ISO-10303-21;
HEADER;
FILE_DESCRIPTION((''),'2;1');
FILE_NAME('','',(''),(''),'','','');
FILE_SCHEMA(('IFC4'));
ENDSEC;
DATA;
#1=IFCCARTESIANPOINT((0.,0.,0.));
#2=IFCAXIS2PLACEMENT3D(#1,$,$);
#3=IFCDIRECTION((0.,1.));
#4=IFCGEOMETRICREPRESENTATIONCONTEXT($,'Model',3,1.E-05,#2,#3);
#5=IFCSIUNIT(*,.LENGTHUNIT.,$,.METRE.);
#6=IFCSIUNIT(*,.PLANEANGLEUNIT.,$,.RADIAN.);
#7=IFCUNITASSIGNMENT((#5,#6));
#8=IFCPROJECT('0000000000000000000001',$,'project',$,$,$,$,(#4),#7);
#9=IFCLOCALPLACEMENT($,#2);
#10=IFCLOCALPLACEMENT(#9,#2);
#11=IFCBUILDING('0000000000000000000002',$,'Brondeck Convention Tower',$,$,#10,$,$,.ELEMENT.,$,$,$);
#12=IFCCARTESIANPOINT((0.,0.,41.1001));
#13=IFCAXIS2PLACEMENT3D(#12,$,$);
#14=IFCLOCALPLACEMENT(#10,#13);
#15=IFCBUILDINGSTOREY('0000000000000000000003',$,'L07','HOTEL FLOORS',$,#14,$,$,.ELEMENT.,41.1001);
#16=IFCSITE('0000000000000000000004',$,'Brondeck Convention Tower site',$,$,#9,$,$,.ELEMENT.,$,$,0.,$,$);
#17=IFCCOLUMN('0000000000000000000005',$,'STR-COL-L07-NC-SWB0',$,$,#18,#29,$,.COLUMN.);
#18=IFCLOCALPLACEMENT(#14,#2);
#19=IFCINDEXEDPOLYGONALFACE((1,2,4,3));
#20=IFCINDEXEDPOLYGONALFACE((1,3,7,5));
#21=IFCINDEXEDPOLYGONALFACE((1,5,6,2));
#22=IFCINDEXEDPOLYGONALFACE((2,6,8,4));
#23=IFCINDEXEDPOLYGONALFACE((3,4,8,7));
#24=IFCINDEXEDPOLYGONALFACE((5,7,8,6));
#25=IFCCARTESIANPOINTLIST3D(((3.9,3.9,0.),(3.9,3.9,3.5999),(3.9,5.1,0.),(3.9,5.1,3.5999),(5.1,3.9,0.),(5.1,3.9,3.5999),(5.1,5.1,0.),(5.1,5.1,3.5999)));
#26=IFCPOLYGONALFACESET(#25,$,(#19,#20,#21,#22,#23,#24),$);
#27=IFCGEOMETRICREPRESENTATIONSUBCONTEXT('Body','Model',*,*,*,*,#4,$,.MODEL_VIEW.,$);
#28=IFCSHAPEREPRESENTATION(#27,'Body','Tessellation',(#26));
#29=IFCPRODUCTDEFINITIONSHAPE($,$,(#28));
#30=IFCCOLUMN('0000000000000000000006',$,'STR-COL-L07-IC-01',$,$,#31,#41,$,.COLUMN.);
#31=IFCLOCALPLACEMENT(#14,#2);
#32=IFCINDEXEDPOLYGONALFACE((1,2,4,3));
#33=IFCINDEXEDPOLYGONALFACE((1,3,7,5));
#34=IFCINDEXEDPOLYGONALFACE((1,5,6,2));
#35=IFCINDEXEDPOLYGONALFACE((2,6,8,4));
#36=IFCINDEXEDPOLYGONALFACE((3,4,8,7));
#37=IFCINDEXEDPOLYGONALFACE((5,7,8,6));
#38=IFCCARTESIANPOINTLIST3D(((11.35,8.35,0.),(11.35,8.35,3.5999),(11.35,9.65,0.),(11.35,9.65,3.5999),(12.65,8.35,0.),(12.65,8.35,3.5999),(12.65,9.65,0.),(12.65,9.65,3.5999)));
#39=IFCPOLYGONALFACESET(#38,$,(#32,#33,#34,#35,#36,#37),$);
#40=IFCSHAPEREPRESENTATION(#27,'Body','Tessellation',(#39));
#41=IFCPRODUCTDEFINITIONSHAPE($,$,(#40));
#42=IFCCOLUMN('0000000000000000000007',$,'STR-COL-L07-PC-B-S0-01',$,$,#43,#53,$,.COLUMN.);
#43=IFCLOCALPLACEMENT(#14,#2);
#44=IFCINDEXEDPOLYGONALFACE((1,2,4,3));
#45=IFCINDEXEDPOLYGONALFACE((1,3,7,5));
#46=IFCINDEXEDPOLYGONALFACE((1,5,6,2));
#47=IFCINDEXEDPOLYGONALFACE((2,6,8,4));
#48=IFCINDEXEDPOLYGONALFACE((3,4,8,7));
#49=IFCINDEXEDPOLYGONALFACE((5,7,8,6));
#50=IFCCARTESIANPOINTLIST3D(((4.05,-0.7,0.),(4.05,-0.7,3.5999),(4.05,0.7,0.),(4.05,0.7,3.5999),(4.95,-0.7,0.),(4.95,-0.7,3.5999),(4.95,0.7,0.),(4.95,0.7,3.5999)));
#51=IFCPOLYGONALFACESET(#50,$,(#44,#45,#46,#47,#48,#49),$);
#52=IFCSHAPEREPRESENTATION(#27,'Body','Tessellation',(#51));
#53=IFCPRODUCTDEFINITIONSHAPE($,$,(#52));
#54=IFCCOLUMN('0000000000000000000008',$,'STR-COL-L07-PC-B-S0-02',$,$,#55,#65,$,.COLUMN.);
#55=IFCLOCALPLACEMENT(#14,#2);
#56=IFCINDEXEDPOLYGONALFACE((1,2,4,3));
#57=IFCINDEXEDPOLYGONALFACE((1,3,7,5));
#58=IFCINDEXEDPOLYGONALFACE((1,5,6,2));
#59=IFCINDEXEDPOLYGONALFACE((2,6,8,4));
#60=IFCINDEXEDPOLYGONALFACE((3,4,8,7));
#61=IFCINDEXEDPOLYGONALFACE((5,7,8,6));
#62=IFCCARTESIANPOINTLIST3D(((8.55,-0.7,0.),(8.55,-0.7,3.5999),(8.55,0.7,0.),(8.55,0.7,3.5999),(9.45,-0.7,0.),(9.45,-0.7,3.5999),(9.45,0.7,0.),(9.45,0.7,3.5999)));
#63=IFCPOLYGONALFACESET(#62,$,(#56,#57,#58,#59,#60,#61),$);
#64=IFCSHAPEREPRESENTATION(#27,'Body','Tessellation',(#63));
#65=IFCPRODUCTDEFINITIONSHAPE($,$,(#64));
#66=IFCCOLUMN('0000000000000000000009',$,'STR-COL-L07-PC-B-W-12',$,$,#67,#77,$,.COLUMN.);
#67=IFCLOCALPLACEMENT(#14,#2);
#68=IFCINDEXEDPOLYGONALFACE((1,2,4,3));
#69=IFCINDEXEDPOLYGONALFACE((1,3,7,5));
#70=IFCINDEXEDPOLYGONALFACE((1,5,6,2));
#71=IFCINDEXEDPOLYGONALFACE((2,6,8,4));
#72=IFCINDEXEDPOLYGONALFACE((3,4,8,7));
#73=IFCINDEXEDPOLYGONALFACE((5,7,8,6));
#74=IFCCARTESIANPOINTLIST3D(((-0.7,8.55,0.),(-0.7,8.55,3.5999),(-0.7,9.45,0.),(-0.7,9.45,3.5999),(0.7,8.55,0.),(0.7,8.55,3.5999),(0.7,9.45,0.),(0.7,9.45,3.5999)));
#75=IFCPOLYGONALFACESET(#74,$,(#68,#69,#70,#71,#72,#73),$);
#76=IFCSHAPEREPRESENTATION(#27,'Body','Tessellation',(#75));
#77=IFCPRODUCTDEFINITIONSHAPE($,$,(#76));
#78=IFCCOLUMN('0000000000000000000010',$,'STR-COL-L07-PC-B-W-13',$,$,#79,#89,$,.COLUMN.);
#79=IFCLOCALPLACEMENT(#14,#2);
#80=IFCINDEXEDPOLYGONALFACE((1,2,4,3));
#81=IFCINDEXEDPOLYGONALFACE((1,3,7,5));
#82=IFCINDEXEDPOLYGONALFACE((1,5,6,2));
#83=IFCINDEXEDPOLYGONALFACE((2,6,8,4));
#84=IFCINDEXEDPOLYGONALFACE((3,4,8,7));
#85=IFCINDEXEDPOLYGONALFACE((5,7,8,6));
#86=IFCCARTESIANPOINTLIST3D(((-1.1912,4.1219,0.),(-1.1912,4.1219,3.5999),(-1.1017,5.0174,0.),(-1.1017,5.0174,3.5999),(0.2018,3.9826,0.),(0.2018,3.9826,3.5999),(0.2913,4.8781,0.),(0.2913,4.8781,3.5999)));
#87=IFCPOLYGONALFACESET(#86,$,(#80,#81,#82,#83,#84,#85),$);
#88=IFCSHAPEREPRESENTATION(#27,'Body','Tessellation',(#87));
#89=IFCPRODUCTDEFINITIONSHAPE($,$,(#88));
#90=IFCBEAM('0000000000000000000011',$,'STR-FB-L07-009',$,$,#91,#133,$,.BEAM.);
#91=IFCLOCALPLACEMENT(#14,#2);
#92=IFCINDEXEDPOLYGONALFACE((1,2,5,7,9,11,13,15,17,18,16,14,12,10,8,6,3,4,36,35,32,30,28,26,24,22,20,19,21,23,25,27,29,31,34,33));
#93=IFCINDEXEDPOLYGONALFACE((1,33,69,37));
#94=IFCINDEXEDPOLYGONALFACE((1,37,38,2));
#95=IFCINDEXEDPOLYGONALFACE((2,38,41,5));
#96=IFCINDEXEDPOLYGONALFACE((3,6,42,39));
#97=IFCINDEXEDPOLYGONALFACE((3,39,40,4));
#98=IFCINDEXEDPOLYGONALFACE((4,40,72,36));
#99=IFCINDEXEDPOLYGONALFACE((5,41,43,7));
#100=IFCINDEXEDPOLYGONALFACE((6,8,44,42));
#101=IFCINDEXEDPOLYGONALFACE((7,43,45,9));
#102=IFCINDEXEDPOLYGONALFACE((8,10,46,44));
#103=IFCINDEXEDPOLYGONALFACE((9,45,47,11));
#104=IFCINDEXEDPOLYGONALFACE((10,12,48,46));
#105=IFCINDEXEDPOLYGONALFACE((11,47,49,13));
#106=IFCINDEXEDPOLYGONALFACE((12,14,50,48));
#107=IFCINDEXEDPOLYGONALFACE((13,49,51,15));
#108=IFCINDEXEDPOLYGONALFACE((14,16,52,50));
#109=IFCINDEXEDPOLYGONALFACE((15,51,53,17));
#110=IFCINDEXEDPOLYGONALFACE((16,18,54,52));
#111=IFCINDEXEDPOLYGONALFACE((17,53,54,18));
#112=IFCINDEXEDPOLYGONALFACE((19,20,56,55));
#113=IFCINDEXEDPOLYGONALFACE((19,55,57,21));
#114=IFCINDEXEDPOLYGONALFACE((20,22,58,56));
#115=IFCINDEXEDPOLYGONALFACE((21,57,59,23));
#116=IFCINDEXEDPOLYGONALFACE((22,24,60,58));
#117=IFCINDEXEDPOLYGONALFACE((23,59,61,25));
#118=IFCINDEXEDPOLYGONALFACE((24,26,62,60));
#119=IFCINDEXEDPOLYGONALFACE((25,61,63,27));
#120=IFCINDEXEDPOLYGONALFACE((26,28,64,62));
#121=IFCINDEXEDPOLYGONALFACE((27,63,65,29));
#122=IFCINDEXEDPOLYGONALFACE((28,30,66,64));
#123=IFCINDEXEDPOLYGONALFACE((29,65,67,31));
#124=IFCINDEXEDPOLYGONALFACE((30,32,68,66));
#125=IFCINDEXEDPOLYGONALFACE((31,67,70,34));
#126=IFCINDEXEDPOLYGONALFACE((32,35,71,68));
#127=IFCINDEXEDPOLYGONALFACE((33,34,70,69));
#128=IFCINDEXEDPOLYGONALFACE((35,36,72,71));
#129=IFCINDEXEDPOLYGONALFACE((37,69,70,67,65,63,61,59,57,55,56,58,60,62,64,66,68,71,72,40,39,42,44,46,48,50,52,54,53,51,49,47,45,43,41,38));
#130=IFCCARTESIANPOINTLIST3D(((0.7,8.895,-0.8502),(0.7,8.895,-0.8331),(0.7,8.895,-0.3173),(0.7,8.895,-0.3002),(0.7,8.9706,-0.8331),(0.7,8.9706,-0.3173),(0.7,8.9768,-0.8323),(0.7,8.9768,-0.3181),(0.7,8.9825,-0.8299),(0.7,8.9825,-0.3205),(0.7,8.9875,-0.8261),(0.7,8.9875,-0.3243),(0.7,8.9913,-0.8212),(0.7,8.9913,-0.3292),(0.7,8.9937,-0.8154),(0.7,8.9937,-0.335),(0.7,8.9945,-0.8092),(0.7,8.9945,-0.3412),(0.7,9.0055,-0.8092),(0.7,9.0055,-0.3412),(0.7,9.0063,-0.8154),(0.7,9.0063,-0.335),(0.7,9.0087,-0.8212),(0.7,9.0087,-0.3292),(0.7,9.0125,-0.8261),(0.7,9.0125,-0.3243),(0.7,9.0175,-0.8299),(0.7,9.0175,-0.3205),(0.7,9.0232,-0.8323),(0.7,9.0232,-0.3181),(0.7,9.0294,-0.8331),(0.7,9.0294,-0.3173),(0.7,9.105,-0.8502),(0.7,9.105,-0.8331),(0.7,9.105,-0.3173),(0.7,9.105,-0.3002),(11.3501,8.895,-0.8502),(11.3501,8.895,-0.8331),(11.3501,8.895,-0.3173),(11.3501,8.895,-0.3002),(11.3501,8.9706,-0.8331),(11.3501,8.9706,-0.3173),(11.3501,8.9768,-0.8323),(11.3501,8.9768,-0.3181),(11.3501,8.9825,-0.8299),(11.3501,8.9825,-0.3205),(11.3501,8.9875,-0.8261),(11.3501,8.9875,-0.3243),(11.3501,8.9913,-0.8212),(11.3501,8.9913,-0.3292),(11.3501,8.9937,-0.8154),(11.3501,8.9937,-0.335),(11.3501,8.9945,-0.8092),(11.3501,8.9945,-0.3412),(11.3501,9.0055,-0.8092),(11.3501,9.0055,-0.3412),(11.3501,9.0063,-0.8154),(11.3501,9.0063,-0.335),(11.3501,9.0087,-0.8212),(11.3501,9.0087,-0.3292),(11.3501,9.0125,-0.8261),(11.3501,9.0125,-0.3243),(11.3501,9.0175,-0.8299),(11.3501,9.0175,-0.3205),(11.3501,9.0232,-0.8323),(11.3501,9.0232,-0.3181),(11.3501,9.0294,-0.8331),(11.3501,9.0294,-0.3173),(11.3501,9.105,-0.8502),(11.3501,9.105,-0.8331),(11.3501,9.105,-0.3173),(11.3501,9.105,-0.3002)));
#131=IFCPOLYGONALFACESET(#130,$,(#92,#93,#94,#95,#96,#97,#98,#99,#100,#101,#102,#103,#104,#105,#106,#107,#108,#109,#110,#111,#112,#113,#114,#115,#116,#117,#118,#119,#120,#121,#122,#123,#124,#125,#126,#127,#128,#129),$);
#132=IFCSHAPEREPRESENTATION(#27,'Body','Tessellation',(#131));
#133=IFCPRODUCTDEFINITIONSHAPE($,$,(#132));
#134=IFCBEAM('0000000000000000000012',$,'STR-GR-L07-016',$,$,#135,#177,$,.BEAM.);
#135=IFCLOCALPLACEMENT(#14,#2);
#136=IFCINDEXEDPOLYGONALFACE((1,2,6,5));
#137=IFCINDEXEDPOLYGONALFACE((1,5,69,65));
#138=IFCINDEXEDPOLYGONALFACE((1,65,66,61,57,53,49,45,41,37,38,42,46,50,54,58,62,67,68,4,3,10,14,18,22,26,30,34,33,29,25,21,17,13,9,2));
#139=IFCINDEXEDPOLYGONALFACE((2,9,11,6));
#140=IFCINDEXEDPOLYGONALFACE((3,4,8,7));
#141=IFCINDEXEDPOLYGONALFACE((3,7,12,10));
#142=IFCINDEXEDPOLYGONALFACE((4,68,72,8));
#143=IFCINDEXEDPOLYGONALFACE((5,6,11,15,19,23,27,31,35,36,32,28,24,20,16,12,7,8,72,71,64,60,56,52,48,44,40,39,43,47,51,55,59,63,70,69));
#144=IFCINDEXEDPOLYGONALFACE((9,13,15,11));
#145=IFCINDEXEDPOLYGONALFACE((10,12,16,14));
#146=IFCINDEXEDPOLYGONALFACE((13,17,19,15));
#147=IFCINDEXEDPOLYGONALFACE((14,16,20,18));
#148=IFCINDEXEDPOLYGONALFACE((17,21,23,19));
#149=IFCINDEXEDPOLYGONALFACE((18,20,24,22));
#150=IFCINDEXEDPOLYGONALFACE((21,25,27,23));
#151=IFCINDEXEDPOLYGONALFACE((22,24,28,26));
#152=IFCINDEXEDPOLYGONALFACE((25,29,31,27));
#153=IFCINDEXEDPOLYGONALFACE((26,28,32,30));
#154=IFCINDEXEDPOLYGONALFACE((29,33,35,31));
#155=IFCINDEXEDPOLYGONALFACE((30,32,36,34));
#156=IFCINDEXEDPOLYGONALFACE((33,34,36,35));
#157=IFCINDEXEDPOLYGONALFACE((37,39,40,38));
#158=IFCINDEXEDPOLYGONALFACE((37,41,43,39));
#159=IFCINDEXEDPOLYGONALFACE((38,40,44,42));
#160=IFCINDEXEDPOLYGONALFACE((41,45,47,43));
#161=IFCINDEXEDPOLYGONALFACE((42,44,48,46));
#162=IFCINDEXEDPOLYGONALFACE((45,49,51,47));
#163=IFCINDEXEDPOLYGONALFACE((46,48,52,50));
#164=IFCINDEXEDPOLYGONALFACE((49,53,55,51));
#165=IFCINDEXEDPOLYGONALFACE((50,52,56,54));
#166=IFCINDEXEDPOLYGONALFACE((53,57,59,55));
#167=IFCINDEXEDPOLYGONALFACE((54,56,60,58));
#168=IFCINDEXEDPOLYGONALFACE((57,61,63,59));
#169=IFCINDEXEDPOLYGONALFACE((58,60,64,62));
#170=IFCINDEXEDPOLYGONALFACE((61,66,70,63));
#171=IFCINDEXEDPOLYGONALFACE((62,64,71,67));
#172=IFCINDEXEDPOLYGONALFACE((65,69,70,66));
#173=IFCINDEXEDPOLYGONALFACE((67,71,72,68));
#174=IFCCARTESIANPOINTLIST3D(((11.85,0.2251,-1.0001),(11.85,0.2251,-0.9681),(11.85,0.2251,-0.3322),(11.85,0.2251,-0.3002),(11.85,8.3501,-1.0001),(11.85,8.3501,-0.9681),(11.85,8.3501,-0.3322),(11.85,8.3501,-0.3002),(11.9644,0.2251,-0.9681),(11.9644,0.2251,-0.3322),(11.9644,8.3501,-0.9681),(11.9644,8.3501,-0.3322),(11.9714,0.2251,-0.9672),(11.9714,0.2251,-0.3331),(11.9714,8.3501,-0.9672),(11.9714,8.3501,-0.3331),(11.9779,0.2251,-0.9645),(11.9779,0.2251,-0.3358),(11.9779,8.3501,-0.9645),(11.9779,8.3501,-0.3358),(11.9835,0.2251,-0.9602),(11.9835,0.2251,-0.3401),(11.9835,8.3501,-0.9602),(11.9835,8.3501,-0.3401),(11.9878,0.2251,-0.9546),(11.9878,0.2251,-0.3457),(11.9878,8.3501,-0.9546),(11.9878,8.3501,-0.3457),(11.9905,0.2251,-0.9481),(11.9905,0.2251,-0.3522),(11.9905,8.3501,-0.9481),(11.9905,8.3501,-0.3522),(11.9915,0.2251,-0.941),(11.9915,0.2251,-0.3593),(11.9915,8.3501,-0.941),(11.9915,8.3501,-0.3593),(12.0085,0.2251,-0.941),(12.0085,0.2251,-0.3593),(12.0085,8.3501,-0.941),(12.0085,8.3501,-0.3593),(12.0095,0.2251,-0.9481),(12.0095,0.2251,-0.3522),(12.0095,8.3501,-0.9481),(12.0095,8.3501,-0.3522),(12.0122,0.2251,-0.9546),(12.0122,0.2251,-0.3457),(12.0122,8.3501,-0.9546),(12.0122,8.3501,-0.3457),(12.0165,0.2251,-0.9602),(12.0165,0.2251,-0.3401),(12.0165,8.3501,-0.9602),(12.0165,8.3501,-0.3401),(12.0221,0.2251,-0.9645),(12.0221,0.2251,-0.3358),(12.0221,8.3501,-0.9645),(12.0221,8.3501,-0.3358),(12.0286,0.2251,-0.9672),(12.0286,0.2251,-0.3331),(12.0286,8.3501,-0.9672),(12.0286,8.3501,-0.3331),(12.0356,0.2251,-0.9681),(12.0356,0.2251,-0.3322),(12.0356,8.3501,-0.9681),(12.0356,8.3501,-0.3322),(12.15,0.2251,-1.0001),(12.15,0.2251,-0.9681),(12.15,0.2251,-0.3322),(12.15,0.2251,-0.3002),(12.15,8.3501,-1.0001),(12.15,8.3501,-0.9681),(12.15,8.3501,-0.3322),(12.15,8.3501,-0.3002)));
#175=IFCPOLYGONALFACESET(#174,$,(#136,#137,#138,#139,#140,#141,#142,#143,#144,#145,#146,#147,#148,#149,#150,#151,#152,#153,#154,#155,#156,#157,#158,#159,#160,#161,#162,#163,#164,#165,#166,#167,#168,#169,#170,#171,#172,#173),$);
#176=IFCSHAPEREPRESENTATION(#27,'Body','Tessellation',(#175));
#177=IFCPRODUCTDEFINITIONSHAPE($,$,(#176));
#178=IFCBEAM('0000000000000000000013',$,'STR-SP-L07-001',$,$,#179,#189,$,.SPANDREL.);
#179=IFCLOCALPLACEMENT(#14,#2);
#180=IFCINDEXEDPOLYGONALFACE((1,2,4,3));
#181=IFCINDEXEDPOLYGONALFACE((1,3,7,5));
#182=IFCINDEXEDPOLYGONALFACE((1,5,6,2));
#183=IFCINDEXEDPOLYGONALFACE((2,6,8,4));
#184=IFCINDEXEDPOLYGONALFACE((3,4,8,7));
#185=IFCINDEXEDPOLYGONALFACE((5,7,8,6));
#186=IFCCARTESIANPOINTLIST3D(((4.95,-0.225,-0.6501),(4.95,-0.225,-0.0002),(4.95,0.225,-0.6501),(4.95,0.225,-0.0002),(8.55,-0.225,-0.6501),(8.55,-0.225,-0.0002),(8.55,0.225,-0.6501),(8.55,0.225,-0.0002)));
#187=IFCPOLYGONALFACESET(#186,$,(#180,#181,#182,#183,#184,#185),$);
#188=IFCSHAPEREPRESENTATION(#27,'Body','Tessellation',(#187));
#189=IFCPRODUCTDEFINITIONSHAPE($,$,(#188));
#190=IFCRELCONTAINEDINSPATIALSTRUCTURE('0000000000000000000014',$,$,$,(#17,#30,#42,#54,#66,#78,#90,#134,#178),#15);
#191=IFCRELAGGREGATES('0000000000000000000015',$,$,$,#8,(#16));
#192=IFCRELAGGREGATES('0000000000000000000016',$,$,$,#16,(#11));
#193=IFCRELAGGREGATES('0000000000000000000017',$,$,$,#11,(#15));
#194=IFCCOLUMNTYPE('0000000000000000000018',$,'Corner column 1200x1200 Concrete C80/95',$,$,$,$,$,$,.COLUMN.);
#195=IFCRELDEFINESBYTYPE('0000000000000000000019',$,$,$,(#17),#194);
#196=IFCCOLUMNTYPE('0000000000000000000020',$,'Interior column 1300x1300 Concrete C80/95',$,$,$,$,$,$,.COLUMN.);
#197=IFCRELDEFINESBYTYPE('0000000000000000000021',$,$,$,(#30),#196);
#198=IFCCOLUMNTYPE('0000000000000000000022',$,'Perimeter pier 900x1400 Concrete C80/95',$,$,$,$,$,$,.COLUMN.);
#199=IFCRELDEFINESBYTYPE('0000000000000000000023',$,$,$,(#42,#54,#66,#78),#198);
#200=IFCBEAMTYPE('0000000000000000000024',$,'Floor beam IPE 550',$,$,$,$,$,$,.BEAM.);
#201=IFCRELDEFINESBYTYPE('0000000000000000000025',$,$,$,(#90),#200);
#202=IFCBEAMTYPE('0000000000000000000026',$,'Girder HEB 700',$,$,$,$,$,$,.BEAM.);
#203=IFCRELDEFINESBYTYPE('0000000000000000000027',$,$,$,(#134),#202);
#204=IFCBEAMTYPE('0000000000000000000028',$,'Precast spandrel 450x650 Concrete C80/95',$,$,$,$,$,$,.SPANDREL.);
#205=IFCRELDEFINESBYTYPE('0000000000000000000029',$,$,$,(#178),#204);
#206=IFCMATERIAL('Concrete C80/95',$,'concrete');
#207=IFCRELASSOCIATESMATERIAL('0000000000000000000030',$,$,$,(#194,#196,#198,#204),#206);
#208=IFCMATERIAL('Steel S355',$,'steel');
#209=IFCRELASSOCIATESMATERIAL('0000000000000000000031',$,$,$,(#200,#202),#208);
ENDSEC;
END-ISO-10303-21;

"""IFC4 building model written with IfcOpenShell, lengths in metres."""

from ifc_helpers import new_model, si_unit, direction, frame, origin, origin_2d, place, context, subcontext, project, spatial, rectangle, i_section, extrude, material, material_profile, profile_set, type_object, element, save


model = new_model("IFC4")

# Units and contexts
model_context = context("Model", 3, precision=1e-05, world=origin(), true_north=direction((0.0, 1.0)))
body_context = subcontext(model_context, "Body", "Model", "MODEL_VIEW")
ifc_project = project(units=[si_unit("LENGTHUNIT", "METRE"), si_unit("PLANEANGLEUNIT", "RADIAN")], contexts=[model_context])

# Site, building, storey
site_placement = place(None, origin())
site = spatial("IfcSite", under=ifc_project, at=site_placement, Name="Brondeck Convention Tower site", CompositionType="ELEMENT", RefElevation=0.0)
building_placement = place(site_placement, origin())
building = spatial("IfcBuilding", under=site, at=building_placement, Name="Brondeck Convention Tower", CompositionType="ELEMENT")
storey_placement = place(building_placement, frame((0.0, 0.0, 41.1001)))
storey = spatial("IfcBuildingStorey", under=building, at=storey_placement, Name="L07", Description="HOTEL FLOORS", CompositionType="ELEMENT", Elevation=41.1001)

# Columns
ifc_material_1 = material(Name="Concrete C80/95", Category="concrete")
ifc_material_profile_1 = material_profile(ifc_material_1, rectangle(XDim=1.2, YDim=1.2, at=origin_2d()), Name="Corner column 1200x1200 Concrete C80/95")
ifc_profile_set_1 = profile_set([ifc_material_profile_1], Name="Concrete C80/95")
column_type_1 = type_object("IfcColumnType", Name="Corner column 1200x1200 Concrete C80/95", PredefinedType="COLUMN", material=ifc_profile_set_1)
column_1_placement = place(storey_placement, frame((4.5, 4.5, 0.0), z_axis=(0.0, 0.0, 1.0), x_axis=(1.0, 0.0, 0.0)))
element("IfcColumn", 1, at=column_1_placement, inside=storey, type_object=column_type_1, Name="STR-COL-L07-NC-SWB0", PredefinedType="COLUMN", context=body_context, shape_type="SweptSolid", body=[
    extrude(rectangle(XDim=1.2, YDim=1.2, at=origin_2d()), origin(), (0.0, 0.0, 1.0), 3.5999),
])
ifc_material_profile_2 = material_profile(ifc_material_1, rectangle(XDim=1.3, YDim=1.3, at=origin_2d()), Name="Interior column 1300x1300 Concrete C80/95")
ifc_profile_set_2 = profile_set([ifc_material_profile_2], Name="Concrete C80/95")
column_type_2 = type_object("IfcColumnType", Name="Interior column 1300x1300 Concrete C80/95", PredefinedType="COLUMN", material=ifc_profile_set_2)
column_2_placement = place(storey_placement, frame((12.0, 9.0, 0.0), z_axis=(0.0, 0.0, 1.0), x_axis=(1.0, 0.0, 0.0)))
element("IfcColumn", 2, at=column_2_placement, inside=storey, type_object=column_type_2, Name="STR-COL-L07-IC-01", PredefinedType="COLUMN", context=body_context, shape_type="SweptSolid", body=[
    extrude(rectangle(XDim=1.3, YDim=1.3, at=origin_2d()), origin(), (0.0, 0.0, 1.0), 3.5999),
])
ifc_material_profile_3 = material_profile(ifc_material_1, rectangle(XDim=0.8999, YDim=1.3999, at=origin_2d()), Name="Perimeter pier 900x1400 Concrete C80/95")
ifc_profile_set_3 = profile_set([ifc_material_profile_3], Name="Concrete C80/95")
column_type_3 = type_object("IfcColumnType", Name="Perimeter pier 900x1400 Concrete C80/95", PredefinedType="COLUMN", material=ifc_profile_set_3)
for number, where, z_axis, x_axis, name in (
    (3, (4.5, 0.0, 0.0), (0.0, 0.0, 1.0), (1.0, 0.0, 0.0), "STR-COL-L07-PC-B-S0-01"),
    (4, (9.0, 0.0, 0.0), (0.0, 0.0, 1.0), (1.0, 0.0, 0.0), "STR-COL-L07-PC-B-S0-02"),
    (5, (0.0, 9.0, 0.0), (0.0, 0.0, 1.0), (0.0, -1.0, 0.0), "STR-COL-L07-PC-B-W-12"),
    (6, (-0.45, 4.5, 0.0), (0.0, 0.0, 1.0), (-0.099504, -0.995037, 0.0), "STR-COL-L07-PC-B-W-13"),
):
    element("IfcColumn", number, at=place(storey_placement, frame(where, z_axis=z_axis, x_axis=x_axis)), inside=storey, type_object=column_type_3, Name=name, PredefinedType="COLUMN", context=body_context, shape_type="SweptSolid", body=[
        extrude(rectangle(XDim=0.8999, YDim=1.3999, at=origin_2d()), origin(), (0.0, 0.0, 1.0), 3.5999),
    ])

# Beams
ifc_material_2 = material(Name="Steel S355", Category="steel")
ifc_material_profile_4 = material_profile(ifc_material_2, i_section(OverallWidth=0.21, OverallDepth=0.55, WebThickness=0.011, FlangeThickness=0.0171, FilletRadius=0.0239, at=origin_2d()), Name="IPE 550")
ifc_profile_set_4 = profile_set([ifc_material_profile_4], Name="Steel S355")
beam_type_1 = type_object("IfcBeamType", Name="Floor beam IPE 550", PredefinedType="BEAM", material=ifc_profile_set_4)
beam_1_placement = place(storey_placement, frame((0.7, 9.0, -0.5752), z_axis=(1.0, 0.0, 0.0), x_axis=(0.0, 1.0, 0.0)))
element("IfcBeam", 7, at=beam_1_placement, inside=storey, type_object=beam_type_1, Name="STR-FB-L07-009", PredefinedType="BEAM", context=body_context, shape_type="SweptSolid", body=[
    extrude(i_section(OverallWidth=0.21, OverallDepth=0.55, WebThickness=0.011, FlangeThickness=0.0171, FilletRadius=0.0239, at=origin_2d()), origin(), (0.0, 0.0, 1.0), 10.6501),
])
ifc_material_profile_5 = material_profile(ifc_material_2, i_section(OverallWidth=0.3, OverallDepth=0.7, WebThickness=0.0171, FlangeThickness=0.032, FilletRadius=0.0271, at=origin_2d()), Name="HEB 700")
ifc_profile_set_5 = profile_set([ifc_material_profile_5], Name="Steel S355")
beam_type_2 = type_object("IfcBeamType", Name="Girder HEB 700", PredefinedType="BEAM", material=ifc_profile_set_5)
beam_2_placement = place(storey_placement, frame((12.0, 8.3501, -0.6501), z_axis=(0.0, -1.0, 0.0), x_axis=(1.0, 0.0, 0.0)))
element("IfcBeam", 8, at=beam_2_placement, inside=storey, type_object=beam_type_2, Name="STR-GR-L07-016", PredefinedType="BEAM", context=body_context, shape_type="SweptSolid", body=[
    extrude(i_section(OverallWidth=0.3, OverallDepth=0.7, WebThickness=0.0171, FlangeThickness=0.032, FilletRadius=0.0271, at=origin_2d()), origin(), (0.0, 0.0, 1.0), 8.125),
])
ifc_material_profile_6 = material_profile(ifc_material_1, rectangle(XDim=0.45, YDim=0.6499, at=origin_2d()), Name="Precast spandrel 450x650 Concrete C80/95")
ifc_profile_set_6 = profile_set([ifc_material_profile_6], Name="Concrete C80/95")
beam_type_3 = type_object("IfcBeamType", Name="Precast spandrel 450x650 Concrete C80/95", PredefinedType="SPANDREL", material=ifc_profile_set_6)
for number, where, z_axis, x_axis, name in (
    (9, (4.95, 0.0, -0.3252), (1.0, 0.0, 0.0), (0.0, 1.0, 0.0), "STR-SP-L07-001"),
):
    element("IfcBeam", number, at=place(storey_placement, frame(where, z_axis=z_axis, x_axis=x_axis)), inside=storey, type_object=beam_type_3, Name=name, PredefinedType="SPANDREL", context=body_context, shape_type="SweptSolid", body=[
        extrude(rectangle(XDim=0.45, YDim=0.6499, at=origin_2d()), origin(), (0.0, 0.0, 1.0), 3.6001),
    ])

save(model, "model.ifc")
